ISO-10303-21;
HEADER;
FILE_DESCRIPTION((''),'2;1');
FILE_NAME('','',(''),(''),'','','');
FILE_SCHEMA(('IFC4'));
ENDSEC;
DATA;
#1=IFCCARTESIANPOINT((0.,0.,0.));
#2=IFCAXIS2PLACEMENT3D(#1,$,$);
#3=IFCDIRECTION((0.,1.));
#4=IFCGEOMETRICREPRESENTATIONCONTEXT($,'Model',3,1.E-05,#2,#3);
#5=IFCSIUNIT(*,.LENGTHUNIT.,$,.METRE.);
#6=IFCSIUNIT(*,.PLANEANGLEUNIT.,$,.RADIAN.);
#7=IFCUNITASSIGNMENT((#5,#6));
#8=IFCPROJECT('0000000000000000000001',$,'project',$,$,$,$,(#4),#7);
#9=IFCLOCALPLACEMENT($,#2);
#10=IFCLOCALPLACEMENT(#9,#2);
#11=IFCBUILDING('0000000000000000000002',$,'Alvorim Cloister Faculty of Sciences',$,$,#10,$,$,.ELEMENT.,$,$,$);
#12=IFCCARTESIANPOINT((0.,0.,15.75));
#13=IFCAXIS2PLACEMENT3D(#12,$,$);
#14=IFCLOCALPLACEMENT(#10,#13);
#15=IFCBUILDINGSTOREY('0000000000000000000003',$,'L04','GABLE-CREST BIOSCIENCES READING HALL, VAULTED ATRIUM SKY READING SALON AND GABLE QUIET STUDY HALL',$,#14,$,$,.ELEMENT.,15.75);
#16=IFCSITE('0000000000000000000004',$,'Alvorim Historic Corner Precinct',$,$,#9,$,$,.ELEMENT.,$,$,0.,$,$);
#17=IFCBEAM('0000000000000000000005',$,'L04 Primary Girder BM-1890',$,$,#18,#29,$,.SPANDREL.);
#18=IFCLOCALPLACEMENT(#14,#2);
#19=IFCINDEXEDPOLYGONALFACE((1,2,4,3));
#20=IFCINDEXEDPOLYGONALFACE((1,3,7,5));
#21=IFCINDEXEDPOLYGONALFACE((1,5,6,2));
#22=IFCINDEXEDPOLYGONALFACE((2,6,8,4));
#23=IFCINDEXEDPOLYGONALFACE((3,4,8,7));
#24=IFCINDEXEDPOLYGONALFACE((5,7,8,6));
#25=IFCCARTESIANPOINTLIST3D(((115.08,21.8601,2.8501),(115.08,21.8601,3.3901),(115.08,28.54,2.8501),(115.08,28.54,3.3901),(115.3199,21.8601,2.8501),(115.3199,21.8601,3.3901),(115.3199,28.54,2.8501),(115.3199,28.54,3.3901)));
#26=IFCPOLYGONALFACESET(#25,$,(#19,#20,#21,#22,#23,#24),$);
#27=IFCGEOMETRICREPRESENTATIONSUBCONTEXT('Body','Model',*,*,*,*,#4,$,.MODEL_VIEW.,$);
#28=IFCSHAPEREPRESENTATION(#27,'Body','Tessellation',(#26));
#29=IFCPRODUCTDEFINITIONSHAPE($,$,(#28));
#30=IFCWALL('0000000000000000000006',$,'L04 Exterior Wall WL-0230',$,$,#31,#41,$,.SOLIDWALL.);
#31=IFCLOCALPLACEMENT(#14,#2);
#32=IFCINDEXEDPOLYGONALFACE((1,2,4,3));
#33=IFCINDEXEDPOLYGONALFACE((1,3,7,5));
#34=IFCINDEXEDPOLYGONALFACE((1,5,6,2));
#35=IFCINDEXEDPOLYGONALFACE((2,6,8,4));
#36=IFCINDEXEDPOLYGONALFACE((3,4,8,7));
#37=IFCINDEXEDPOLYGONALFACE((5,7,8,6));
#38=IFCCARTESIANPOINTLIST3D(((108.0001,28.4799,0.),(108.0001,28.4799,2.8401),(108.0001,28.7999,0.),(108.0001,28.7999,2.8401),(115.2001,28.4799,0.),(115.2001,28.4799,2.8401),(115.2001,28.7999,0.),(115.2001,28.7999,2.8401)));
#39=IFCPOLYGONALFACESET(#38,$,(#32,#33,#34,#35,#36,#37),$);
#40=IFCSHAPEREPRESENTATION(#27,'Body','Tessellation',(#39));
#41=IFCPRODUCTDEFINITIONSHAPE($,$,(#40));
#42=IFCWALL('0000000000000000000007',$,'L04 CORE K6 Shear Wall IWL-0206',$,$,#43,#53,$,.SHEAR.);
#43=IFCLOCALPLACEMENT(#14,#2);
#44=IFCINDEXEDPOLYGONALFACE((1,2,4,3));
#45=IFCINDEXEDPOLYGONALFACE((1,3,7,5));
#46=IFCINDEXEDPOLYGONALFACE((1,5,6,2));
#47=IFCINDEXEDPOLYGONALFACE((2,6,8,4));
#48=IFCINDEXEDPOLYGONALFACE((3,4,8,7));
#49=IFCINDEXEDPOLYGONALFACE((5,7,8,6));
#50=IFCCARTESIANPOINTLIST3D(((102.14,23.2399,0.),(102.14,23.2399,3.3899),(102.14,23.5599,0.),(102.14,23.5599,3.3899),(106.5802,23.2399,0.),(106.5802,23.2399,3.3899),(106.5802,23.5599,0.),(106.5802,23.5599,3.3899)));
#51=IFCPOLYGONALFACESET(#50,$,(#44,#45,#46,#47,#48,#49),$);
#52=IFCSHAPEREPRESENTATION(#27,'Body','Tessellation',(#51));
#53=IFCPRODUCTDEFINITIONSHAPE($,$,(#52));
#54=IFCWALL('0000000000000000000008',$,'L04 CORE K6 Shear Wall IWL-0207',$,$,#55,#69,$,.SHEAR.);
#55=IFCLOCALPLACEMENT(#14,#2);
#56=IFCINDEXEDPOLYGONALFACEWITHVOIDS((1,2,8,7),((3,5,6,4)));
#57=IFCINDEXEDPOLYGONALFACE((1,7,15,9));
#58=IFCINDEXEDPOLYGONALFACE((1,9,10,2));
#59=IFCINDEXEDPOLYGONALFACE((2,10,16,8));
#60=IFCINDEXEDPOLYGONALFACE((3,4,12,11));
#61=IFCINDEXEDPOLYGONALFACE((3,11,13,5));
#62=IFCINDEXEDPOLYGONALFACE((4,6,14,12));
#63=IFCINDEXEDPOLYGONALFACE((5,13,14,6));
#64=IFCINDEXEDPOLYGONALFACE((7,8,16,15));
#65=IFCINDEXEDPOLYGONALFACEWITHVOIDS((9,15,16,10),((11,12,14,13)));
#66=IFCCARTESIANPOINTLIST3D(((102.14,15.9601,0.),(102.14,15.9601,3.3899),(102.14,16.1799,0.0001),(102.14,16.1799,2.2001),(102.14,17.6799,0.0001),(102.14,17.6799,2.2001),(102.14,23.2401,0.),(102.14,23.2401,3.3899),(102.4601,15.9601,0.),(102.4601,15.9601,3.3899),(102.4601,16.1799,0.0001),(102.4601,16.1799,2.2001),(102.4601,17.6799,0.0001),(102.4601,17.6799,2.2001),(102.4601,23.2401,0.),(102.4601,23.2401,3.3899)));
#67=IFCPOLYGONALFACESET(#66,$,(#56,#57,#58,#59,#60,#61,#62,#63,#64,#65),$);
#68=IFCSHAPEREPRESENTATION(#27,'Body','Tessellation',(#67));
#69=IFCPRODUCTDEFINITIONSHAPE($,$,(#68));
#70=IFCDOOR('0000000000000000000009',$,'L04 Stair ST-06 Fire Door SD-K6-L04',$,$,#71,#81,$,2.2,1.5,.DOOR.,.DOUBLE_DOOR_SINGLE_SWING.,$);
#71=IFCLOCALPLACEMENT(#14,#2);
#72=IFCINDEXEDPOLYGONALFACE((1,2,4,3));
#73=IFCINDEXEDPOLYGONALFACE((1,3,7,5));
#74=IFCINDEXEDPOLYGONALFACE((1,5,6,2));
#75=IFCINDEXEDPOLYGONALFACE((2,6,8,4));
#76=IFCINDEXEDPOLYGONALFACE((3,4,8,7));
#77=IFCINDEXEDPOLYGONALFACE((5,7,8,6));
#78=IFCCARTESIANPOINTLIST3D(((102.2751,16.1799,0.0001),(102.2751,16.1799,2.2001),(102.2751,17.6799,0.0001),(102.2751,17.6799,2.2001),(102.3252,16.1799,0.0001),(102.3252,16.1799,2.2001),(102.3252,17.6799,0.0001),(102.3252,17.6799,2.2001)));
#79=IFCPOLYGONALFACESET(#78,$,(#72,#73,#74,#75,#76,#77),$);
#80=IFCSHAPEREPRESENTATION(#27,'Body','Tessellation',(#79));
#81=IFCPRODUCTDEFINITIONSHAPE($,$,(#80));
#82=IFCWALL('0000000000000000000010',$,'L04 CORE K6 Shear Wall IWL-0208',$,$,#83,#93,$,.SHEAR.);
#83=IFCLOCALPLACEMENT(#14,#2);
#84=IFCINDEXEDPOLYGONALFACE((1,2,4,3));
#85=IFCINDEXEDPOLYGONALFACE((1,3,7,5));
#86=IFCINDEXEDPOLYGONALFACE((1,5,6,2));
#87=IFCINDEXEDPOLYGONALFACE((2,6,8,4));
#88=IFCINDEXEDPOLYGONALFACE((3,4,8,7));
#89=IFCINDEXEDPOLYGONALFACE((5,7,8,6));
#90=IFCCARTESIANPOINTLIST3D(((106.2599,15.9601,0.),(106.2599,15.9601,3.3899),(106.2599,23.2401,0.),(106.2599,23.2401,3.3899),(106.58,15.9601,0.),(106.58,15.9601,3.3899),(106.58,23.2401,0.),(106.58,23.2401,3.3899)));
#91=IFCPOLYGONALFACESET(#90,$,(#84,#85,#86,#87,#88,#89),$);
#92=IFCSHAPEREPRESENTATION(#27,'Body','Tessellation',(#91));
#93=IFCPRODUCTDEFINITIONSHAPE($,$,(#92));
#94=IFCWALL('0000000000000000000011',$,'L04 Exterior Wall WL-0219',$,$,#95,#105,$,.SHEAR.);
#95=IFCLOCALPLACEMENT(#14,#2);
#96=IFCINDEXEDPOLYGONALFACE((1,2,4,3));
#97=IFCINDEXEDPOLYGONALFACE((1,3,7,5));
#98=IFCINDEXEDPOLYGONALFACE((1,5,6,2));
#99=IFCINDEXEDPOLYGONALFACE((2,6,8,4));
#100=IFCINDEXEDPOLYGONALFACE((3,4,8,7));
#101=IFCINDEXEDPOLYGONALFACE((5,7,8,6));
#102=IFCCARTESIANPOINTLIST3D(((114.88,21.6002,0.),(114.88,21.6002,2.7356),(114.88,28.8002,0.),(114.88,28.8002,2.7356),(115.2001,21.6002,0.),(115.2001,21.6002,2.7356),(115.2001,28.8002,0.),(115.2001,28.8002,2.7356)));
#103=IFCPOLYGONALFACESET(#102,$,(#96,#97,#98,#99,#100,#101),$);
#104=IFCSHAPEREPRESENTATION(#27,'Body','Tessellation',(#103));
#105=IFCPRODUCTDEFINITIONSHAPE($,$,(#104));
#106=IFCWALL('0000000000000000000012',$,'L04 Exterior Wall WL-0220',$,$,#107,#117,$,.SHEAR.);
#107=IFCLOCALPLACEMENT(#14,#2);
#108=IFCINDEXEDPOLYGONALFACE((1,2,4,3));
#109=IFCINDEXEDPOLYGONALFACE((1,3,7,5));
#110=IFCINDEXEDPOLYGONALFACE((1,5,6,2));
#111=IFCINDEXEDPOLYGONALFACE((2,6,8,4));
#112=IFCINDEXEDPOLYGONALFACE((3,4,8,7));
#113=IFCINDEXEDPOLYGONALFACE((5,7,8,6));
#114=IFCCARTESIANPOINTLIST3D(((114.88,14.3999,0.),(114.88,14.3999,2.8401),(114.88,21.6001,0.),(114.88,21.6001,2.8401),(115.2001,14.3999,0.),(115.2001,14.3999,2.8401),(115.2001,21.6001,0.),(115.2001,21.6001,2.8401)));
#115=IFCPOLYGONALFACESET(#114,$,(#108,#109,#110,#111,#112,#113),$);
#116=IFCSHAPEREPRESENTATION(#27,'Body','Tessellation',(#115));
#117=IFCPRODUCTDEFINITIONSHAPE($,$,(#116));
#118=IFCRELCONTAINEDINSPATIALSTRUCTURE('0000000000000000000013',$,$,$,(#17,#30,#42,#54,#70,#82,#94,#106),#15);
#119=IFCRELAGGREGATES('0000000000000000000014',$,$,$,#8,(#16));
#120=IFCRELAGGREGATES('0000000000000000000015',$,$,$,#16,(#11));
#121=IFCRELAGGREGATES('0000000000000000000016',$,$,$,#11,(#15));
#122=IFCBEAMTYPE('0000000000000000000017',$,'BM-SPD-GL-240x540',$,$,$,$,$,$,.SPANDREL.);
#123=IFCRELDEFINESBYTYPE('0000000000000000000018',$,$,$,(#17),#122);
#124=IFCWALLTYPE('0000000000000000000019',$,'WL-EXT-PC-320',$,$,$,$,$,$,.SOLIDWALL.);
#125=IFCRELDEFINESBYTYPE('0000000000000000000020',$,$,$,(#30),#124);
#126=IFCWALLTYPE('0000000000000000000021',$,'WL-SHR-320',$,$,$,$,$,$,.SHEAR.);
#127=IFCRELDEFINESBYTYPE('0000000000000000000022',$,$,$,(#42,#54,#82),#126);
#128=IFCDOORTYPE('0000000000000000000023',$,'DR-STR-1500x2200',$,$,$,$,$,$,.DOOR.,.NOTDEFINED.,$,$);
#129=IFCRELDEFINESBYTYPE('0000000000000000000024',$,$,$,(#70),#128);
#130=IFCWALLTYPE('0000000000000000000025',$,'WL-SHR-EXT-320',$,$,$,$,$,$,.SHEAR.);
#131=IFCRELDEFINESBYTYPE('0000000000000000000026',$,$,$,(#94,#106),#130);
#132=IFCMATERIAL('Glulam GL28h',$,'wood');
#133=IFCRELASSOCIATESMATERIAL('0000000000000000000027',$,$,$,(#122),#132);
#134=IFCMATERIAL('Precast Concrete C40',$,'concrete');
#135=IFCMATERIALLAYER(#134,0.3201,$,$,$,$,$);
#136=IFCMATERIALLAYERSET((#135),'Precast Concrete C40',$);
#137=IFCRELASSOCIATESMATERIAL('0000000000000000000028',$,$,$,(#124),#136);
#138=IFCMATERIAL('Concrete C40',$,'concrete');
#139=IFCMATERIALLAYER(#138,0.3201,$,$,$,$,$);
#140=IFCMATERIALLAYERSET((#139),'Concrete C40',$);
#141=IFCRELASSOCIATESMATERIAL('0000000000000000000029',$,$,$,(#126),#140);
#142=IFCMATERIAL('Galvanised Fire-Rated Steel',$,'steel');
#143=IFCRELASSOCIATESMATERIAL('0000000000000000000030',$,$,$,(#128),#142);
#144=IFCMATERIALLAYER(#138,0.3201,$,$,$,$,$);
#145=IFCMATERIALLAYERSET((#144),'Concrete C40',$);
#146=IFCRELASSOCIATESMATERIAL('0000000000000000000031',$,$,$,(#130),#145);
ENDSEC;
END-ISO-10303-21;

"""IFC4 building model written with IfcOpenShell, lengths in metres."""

from ifc_helpers import new_model, si_unit, direction, frame, frame_2d, origin, origin_2d, place, context, subcontext, project, spatial, rectangle, extrude, material, layer, layer_set, material_profile, profile_set, type_object, element, fill, save


model = new_model("IFC4")

# Units and contexts
model_context = context("Model", 3, precision=1e-05, world=origin(), true_north=direction((0.0, 1.0)))
body_context = subcontext(model_context, "Body", "Model", "MODEL_VIEW")
ifc_project = project(units=[si_unit("LENGTHUNIT", "METRE"), si_unit("PLANEANGLEUNIT", "RADIAN")], contexts=[model_context])

# Site, building, storey
site_placement = place(None, origin())
site = spatial("IfcSite", under=ifc_project, at=site_placement, Name="Alvorim Historic Corner Precinct", CompositionType="ELEMENT", RefElevation=0.0)
building_placement = place(site_placement, origin())
building = spatial("IfcBuilding", under=site, at=building_placement, Name="Alvorim Cloister Faculty of Sciences", CompositionType="ELEMENT")
storey_placement = place(building_placement, frame((0.0, 0.0, 15.75)))
storey = spatial("IfcBuildingStorey", under=building, at=storey_placement, Name="L04", Description="GABLE-CREST BIOSCIENCES READING HALL, VAULTED ATRIUM SKY READING SALON AND GABLE QUIET STUDY HALL", CompositionType="ELEMENT", Elevation=15.75)

# Shared definitions
ifc_material_1 = material(Name="Precast Concrete C40", Category="concrete")

# Beam
ifc_material_2 = material(Name="Glulam GL28h", Category="wood")
ifc_material_profile_1 = material_profile(ifc_material_2, rectangle(XDim=0.24, YDim=0.54, at=origin_2d()), Name="GL28-SPD-240x540")
ifc_profile_set_1 = profile_set([ifc_material_profile_1], Name="Glulam GL28h")
beam_type_1 = type_object("IfcBeamType", Name="BM-SPD-GL-240x540", PredefinedType="SPANDREL", material=ifc_profile_set_1)
beam_1_placement = place(storey_placement, frame((115.2, 21.8601, 3.1201), z_axis=(0.0, 1.0, 0.0), x_axis=(-1.0, 0.0, 0.0)))
element("IfcBeam", 1, at=beam_1_placement, inside=storey, type_object=beam_type_1, Name="L04 Primary Girder BM-1890", PredefinedType="SPANDREL", context=body_context, shape_type="SweptSolid", body=[
    extrude(rectangle(XDim=0.24, YDim=0.54, at=origin_2d()), origin(), (0.0, 0.0, 1.0), 6.6799),
])

# Walls
ifc_layer_1 = layer(ifc_material_1, 0.3201)
ifc_layer_set_1 = layer_set([ifc_layer_1], Name="Precast Concrete C40")
wall_type_1 = type_object("IfcWallType", Name="WL-EXT-PC-320", PredefinedType="SOLIDWALL", material=ifc_layer_set_1)
wall_1_placement = place(storey_placement, frame((108.0, 28.6399, 0.0), z_axis=(0.0, 0.0, 1.0), x_axis=(1.0, 0.0, 0.0)))
element("IfcWall", 2, at=wall_1_placement, inside=storey, type_object=wall_type_1, Name="L04 Exterior Wall WL-0230", PredefinedType="SOLIDWALL", context=body_context, shape_type="SweptSolid", body=[
    extrude(rectangle(XDim=7.2, YDim=0.3201, at=frame_2d((3.6001, 0.0))), origin(), (0.0, 0.0, 1.0), 2.8401),
])
ifc_material_3 = material(Name="Concrete C40", Category="concrete")
ifc_layer_2 = layer(ifc_material_3, 0.3201)
ifc_layer_set_2 = layer_set([ifc_layer_2], Name="Concrete C40")
wall_type_2 = type_object("IfcWallType", Name="WL-SHR-320", PredefinedType="SHEAR", material=ifc_layer_set_2)
wall_2_placement = place(storey_placement, frame((102.1399, 23.3999, 0.0), z_axis=(0.0, 0.0, 1.0), x_axis=(1.0, 0.0, 0.0)))
element("IfcWall", 3, at=wall_2_placement, inside=storey, type_object=wall_type_2, Name="L04 CORE K6 Shear Wall IWL-0206", PredefinedType="SHEAR", context=body_context, shape_type="SweptSolid", body=[
    extrude(rectangle(XDim=4.4402, YDim=0.3201, at=frame_2d((2.2202, 0.0))), origin(), (0.0, 0.0, 1.0), 3.3899),
])

# Wall, opening, door
wall_3_placement = place(storey_placement, frame((102.3, 15.96, 0.0), z_axis=(0.0, 0.0, 1.0), x_axis=(0.0, 1.0, 0.0)))
wall_3 = element("IfcWall", 4, at=wall_3_placement, inside=storey, type_object=wall_type_2, Name="L04 CORE K6 Shear Wall IWL-0207", PredefinedType="SHEAR", context=body_context, shape_type="SweptSolid", body=[
    extrude(rectangle(XDim=7.28, YDim=0.3201, at=frame_2d((3.6401, 0.0))), origin(), (0.0, 0.0, 1.0), 3.3899),
])
opening_placement = place(wall_3_placement, frame((0.22, 0.0, 0.0)))
opening = element("IfcOpeningElement", 5, at=opening_placement, cuts=wall_3, PredefinedType="OPENING", context=body_context, shape_type="SweptSolid", body=[
    extrude(rectangle(XDim=1.5, YDim=2.2, at=frame_2d((0.75, 1.1001))), frame((0.0, 0.1719, 0.0), z_axis=(0.0, -1.0, 0.0), x_axis=(1.0, 0.0, 0.0)), (0.0, 0.0, 1.0), 0.344),
])
ifc_material_4 = material(Name="Galvanised Fire-Rated Steel", Category="steel")
door_type = type_object("IfcDoorType", Name="DR-STR-1500x2200", OperationType="NOTDEFINED", PredefinedType="DOOR", material=ifc_material_4)
door_placement = place(opening_placement, origin())
door = element("IfcDoor", 6, at=door_placement, inside=storey, type_object=door_type, Name="L04 Stair ST-06 Fire Door SD-K6-L04", OperationType="DOUBLE_DOOR_SINGLE_SWING", OverallHeight=2.2, OverallWidth=1.5, PredefinedType="DOOR", context=body_context, shape_type="SweptSolid", body=[
    extrude(rectangle(XDim=1.5, YDim=2.2, at=frame_2d((0.75, 1.1001))), frame((0.0, 0.0249, 0.0), z_axis=(0.0, -1.0, 0.0), x_axis=(1.0, 0.0, 0.0)), (0.0, 0.0, 1.0), 0.05),
])
fill(opening, door)

# Walls
wall_4_placement = place(storey_placement, frame((106.4199, 15.96, 0.0), z_axis=(0.0, 0.0, 1.0), x_axis=(0.0, 1.0, 0.0)))
element("IfcWall", 7, at=wall_4_placement, inside=storey, type_object=wall_type_2, Name="L04 CORE K6 Shear Wall IWL-0208", PredefinedType="SHEAR", context=body_context, shape_type="SweptSolid", body=[
    extrude(rectangle(XDim=7.28, YDim=0.3201, at=frame_2d((3.6401, 0.0))), origin(), (0.0, 0.0, 1.0), 3.3899),
])
ifc_layer_3 = layer(ifc_material_3, 0.3201)
ifc_layer_set_3 = layer_set([ifc_layer_3], Name="Concrete C40")
wall_type_3 = type_object("IfcWallType", Name="WL-SHR-EXT-320", PredefinedType="SHEAR", material=ifc_layer_set_3)
wall_5_placement = place(storey_placement, frame((115.04, 21.6001, 0.0), z_axis=(0.0, 0.0, 1.0), x_axis=(0.0, 1.0, 0.0)))
element("IfcWall", 8, at=wall_5_placement, inside=storey, type_object=wall_type_3, Name="L04 Exterior Wall WL-0219", PredefinedType="SHEAR", context=body_context, shape_type="SweptSolid", body=[
    extrude(rectangle(XDim=7.2, YDim=0.3201, at=frame_2d((3.6001, 0.0))), origin(), (0.0, 0.0, 1.0), 2.7356),
])
wall_6_placement = place(storey_placement, frame((115.04, 14.3999, 0.0), z_axis=(0.0, 0.0, 1.0), x_axis=(0.0, 1.0, 0.0)))
element("IfcWall", 9, at=wall_6_placement, inside=storey, type_object=wall_type_3, Name="L04 Exterior Wall WL-0220", PredefinedType="SHEAR", context=body_context, shape_type="SweptSolid", body=[
    extrude(rectangle(XDim=7.2002, YDim=0.3201, at=frame_2d((3.6001, 0.0))), origin(), (0.0, 0.0, 1.0), 2.8401),
])

save(model, "model.ifc")
